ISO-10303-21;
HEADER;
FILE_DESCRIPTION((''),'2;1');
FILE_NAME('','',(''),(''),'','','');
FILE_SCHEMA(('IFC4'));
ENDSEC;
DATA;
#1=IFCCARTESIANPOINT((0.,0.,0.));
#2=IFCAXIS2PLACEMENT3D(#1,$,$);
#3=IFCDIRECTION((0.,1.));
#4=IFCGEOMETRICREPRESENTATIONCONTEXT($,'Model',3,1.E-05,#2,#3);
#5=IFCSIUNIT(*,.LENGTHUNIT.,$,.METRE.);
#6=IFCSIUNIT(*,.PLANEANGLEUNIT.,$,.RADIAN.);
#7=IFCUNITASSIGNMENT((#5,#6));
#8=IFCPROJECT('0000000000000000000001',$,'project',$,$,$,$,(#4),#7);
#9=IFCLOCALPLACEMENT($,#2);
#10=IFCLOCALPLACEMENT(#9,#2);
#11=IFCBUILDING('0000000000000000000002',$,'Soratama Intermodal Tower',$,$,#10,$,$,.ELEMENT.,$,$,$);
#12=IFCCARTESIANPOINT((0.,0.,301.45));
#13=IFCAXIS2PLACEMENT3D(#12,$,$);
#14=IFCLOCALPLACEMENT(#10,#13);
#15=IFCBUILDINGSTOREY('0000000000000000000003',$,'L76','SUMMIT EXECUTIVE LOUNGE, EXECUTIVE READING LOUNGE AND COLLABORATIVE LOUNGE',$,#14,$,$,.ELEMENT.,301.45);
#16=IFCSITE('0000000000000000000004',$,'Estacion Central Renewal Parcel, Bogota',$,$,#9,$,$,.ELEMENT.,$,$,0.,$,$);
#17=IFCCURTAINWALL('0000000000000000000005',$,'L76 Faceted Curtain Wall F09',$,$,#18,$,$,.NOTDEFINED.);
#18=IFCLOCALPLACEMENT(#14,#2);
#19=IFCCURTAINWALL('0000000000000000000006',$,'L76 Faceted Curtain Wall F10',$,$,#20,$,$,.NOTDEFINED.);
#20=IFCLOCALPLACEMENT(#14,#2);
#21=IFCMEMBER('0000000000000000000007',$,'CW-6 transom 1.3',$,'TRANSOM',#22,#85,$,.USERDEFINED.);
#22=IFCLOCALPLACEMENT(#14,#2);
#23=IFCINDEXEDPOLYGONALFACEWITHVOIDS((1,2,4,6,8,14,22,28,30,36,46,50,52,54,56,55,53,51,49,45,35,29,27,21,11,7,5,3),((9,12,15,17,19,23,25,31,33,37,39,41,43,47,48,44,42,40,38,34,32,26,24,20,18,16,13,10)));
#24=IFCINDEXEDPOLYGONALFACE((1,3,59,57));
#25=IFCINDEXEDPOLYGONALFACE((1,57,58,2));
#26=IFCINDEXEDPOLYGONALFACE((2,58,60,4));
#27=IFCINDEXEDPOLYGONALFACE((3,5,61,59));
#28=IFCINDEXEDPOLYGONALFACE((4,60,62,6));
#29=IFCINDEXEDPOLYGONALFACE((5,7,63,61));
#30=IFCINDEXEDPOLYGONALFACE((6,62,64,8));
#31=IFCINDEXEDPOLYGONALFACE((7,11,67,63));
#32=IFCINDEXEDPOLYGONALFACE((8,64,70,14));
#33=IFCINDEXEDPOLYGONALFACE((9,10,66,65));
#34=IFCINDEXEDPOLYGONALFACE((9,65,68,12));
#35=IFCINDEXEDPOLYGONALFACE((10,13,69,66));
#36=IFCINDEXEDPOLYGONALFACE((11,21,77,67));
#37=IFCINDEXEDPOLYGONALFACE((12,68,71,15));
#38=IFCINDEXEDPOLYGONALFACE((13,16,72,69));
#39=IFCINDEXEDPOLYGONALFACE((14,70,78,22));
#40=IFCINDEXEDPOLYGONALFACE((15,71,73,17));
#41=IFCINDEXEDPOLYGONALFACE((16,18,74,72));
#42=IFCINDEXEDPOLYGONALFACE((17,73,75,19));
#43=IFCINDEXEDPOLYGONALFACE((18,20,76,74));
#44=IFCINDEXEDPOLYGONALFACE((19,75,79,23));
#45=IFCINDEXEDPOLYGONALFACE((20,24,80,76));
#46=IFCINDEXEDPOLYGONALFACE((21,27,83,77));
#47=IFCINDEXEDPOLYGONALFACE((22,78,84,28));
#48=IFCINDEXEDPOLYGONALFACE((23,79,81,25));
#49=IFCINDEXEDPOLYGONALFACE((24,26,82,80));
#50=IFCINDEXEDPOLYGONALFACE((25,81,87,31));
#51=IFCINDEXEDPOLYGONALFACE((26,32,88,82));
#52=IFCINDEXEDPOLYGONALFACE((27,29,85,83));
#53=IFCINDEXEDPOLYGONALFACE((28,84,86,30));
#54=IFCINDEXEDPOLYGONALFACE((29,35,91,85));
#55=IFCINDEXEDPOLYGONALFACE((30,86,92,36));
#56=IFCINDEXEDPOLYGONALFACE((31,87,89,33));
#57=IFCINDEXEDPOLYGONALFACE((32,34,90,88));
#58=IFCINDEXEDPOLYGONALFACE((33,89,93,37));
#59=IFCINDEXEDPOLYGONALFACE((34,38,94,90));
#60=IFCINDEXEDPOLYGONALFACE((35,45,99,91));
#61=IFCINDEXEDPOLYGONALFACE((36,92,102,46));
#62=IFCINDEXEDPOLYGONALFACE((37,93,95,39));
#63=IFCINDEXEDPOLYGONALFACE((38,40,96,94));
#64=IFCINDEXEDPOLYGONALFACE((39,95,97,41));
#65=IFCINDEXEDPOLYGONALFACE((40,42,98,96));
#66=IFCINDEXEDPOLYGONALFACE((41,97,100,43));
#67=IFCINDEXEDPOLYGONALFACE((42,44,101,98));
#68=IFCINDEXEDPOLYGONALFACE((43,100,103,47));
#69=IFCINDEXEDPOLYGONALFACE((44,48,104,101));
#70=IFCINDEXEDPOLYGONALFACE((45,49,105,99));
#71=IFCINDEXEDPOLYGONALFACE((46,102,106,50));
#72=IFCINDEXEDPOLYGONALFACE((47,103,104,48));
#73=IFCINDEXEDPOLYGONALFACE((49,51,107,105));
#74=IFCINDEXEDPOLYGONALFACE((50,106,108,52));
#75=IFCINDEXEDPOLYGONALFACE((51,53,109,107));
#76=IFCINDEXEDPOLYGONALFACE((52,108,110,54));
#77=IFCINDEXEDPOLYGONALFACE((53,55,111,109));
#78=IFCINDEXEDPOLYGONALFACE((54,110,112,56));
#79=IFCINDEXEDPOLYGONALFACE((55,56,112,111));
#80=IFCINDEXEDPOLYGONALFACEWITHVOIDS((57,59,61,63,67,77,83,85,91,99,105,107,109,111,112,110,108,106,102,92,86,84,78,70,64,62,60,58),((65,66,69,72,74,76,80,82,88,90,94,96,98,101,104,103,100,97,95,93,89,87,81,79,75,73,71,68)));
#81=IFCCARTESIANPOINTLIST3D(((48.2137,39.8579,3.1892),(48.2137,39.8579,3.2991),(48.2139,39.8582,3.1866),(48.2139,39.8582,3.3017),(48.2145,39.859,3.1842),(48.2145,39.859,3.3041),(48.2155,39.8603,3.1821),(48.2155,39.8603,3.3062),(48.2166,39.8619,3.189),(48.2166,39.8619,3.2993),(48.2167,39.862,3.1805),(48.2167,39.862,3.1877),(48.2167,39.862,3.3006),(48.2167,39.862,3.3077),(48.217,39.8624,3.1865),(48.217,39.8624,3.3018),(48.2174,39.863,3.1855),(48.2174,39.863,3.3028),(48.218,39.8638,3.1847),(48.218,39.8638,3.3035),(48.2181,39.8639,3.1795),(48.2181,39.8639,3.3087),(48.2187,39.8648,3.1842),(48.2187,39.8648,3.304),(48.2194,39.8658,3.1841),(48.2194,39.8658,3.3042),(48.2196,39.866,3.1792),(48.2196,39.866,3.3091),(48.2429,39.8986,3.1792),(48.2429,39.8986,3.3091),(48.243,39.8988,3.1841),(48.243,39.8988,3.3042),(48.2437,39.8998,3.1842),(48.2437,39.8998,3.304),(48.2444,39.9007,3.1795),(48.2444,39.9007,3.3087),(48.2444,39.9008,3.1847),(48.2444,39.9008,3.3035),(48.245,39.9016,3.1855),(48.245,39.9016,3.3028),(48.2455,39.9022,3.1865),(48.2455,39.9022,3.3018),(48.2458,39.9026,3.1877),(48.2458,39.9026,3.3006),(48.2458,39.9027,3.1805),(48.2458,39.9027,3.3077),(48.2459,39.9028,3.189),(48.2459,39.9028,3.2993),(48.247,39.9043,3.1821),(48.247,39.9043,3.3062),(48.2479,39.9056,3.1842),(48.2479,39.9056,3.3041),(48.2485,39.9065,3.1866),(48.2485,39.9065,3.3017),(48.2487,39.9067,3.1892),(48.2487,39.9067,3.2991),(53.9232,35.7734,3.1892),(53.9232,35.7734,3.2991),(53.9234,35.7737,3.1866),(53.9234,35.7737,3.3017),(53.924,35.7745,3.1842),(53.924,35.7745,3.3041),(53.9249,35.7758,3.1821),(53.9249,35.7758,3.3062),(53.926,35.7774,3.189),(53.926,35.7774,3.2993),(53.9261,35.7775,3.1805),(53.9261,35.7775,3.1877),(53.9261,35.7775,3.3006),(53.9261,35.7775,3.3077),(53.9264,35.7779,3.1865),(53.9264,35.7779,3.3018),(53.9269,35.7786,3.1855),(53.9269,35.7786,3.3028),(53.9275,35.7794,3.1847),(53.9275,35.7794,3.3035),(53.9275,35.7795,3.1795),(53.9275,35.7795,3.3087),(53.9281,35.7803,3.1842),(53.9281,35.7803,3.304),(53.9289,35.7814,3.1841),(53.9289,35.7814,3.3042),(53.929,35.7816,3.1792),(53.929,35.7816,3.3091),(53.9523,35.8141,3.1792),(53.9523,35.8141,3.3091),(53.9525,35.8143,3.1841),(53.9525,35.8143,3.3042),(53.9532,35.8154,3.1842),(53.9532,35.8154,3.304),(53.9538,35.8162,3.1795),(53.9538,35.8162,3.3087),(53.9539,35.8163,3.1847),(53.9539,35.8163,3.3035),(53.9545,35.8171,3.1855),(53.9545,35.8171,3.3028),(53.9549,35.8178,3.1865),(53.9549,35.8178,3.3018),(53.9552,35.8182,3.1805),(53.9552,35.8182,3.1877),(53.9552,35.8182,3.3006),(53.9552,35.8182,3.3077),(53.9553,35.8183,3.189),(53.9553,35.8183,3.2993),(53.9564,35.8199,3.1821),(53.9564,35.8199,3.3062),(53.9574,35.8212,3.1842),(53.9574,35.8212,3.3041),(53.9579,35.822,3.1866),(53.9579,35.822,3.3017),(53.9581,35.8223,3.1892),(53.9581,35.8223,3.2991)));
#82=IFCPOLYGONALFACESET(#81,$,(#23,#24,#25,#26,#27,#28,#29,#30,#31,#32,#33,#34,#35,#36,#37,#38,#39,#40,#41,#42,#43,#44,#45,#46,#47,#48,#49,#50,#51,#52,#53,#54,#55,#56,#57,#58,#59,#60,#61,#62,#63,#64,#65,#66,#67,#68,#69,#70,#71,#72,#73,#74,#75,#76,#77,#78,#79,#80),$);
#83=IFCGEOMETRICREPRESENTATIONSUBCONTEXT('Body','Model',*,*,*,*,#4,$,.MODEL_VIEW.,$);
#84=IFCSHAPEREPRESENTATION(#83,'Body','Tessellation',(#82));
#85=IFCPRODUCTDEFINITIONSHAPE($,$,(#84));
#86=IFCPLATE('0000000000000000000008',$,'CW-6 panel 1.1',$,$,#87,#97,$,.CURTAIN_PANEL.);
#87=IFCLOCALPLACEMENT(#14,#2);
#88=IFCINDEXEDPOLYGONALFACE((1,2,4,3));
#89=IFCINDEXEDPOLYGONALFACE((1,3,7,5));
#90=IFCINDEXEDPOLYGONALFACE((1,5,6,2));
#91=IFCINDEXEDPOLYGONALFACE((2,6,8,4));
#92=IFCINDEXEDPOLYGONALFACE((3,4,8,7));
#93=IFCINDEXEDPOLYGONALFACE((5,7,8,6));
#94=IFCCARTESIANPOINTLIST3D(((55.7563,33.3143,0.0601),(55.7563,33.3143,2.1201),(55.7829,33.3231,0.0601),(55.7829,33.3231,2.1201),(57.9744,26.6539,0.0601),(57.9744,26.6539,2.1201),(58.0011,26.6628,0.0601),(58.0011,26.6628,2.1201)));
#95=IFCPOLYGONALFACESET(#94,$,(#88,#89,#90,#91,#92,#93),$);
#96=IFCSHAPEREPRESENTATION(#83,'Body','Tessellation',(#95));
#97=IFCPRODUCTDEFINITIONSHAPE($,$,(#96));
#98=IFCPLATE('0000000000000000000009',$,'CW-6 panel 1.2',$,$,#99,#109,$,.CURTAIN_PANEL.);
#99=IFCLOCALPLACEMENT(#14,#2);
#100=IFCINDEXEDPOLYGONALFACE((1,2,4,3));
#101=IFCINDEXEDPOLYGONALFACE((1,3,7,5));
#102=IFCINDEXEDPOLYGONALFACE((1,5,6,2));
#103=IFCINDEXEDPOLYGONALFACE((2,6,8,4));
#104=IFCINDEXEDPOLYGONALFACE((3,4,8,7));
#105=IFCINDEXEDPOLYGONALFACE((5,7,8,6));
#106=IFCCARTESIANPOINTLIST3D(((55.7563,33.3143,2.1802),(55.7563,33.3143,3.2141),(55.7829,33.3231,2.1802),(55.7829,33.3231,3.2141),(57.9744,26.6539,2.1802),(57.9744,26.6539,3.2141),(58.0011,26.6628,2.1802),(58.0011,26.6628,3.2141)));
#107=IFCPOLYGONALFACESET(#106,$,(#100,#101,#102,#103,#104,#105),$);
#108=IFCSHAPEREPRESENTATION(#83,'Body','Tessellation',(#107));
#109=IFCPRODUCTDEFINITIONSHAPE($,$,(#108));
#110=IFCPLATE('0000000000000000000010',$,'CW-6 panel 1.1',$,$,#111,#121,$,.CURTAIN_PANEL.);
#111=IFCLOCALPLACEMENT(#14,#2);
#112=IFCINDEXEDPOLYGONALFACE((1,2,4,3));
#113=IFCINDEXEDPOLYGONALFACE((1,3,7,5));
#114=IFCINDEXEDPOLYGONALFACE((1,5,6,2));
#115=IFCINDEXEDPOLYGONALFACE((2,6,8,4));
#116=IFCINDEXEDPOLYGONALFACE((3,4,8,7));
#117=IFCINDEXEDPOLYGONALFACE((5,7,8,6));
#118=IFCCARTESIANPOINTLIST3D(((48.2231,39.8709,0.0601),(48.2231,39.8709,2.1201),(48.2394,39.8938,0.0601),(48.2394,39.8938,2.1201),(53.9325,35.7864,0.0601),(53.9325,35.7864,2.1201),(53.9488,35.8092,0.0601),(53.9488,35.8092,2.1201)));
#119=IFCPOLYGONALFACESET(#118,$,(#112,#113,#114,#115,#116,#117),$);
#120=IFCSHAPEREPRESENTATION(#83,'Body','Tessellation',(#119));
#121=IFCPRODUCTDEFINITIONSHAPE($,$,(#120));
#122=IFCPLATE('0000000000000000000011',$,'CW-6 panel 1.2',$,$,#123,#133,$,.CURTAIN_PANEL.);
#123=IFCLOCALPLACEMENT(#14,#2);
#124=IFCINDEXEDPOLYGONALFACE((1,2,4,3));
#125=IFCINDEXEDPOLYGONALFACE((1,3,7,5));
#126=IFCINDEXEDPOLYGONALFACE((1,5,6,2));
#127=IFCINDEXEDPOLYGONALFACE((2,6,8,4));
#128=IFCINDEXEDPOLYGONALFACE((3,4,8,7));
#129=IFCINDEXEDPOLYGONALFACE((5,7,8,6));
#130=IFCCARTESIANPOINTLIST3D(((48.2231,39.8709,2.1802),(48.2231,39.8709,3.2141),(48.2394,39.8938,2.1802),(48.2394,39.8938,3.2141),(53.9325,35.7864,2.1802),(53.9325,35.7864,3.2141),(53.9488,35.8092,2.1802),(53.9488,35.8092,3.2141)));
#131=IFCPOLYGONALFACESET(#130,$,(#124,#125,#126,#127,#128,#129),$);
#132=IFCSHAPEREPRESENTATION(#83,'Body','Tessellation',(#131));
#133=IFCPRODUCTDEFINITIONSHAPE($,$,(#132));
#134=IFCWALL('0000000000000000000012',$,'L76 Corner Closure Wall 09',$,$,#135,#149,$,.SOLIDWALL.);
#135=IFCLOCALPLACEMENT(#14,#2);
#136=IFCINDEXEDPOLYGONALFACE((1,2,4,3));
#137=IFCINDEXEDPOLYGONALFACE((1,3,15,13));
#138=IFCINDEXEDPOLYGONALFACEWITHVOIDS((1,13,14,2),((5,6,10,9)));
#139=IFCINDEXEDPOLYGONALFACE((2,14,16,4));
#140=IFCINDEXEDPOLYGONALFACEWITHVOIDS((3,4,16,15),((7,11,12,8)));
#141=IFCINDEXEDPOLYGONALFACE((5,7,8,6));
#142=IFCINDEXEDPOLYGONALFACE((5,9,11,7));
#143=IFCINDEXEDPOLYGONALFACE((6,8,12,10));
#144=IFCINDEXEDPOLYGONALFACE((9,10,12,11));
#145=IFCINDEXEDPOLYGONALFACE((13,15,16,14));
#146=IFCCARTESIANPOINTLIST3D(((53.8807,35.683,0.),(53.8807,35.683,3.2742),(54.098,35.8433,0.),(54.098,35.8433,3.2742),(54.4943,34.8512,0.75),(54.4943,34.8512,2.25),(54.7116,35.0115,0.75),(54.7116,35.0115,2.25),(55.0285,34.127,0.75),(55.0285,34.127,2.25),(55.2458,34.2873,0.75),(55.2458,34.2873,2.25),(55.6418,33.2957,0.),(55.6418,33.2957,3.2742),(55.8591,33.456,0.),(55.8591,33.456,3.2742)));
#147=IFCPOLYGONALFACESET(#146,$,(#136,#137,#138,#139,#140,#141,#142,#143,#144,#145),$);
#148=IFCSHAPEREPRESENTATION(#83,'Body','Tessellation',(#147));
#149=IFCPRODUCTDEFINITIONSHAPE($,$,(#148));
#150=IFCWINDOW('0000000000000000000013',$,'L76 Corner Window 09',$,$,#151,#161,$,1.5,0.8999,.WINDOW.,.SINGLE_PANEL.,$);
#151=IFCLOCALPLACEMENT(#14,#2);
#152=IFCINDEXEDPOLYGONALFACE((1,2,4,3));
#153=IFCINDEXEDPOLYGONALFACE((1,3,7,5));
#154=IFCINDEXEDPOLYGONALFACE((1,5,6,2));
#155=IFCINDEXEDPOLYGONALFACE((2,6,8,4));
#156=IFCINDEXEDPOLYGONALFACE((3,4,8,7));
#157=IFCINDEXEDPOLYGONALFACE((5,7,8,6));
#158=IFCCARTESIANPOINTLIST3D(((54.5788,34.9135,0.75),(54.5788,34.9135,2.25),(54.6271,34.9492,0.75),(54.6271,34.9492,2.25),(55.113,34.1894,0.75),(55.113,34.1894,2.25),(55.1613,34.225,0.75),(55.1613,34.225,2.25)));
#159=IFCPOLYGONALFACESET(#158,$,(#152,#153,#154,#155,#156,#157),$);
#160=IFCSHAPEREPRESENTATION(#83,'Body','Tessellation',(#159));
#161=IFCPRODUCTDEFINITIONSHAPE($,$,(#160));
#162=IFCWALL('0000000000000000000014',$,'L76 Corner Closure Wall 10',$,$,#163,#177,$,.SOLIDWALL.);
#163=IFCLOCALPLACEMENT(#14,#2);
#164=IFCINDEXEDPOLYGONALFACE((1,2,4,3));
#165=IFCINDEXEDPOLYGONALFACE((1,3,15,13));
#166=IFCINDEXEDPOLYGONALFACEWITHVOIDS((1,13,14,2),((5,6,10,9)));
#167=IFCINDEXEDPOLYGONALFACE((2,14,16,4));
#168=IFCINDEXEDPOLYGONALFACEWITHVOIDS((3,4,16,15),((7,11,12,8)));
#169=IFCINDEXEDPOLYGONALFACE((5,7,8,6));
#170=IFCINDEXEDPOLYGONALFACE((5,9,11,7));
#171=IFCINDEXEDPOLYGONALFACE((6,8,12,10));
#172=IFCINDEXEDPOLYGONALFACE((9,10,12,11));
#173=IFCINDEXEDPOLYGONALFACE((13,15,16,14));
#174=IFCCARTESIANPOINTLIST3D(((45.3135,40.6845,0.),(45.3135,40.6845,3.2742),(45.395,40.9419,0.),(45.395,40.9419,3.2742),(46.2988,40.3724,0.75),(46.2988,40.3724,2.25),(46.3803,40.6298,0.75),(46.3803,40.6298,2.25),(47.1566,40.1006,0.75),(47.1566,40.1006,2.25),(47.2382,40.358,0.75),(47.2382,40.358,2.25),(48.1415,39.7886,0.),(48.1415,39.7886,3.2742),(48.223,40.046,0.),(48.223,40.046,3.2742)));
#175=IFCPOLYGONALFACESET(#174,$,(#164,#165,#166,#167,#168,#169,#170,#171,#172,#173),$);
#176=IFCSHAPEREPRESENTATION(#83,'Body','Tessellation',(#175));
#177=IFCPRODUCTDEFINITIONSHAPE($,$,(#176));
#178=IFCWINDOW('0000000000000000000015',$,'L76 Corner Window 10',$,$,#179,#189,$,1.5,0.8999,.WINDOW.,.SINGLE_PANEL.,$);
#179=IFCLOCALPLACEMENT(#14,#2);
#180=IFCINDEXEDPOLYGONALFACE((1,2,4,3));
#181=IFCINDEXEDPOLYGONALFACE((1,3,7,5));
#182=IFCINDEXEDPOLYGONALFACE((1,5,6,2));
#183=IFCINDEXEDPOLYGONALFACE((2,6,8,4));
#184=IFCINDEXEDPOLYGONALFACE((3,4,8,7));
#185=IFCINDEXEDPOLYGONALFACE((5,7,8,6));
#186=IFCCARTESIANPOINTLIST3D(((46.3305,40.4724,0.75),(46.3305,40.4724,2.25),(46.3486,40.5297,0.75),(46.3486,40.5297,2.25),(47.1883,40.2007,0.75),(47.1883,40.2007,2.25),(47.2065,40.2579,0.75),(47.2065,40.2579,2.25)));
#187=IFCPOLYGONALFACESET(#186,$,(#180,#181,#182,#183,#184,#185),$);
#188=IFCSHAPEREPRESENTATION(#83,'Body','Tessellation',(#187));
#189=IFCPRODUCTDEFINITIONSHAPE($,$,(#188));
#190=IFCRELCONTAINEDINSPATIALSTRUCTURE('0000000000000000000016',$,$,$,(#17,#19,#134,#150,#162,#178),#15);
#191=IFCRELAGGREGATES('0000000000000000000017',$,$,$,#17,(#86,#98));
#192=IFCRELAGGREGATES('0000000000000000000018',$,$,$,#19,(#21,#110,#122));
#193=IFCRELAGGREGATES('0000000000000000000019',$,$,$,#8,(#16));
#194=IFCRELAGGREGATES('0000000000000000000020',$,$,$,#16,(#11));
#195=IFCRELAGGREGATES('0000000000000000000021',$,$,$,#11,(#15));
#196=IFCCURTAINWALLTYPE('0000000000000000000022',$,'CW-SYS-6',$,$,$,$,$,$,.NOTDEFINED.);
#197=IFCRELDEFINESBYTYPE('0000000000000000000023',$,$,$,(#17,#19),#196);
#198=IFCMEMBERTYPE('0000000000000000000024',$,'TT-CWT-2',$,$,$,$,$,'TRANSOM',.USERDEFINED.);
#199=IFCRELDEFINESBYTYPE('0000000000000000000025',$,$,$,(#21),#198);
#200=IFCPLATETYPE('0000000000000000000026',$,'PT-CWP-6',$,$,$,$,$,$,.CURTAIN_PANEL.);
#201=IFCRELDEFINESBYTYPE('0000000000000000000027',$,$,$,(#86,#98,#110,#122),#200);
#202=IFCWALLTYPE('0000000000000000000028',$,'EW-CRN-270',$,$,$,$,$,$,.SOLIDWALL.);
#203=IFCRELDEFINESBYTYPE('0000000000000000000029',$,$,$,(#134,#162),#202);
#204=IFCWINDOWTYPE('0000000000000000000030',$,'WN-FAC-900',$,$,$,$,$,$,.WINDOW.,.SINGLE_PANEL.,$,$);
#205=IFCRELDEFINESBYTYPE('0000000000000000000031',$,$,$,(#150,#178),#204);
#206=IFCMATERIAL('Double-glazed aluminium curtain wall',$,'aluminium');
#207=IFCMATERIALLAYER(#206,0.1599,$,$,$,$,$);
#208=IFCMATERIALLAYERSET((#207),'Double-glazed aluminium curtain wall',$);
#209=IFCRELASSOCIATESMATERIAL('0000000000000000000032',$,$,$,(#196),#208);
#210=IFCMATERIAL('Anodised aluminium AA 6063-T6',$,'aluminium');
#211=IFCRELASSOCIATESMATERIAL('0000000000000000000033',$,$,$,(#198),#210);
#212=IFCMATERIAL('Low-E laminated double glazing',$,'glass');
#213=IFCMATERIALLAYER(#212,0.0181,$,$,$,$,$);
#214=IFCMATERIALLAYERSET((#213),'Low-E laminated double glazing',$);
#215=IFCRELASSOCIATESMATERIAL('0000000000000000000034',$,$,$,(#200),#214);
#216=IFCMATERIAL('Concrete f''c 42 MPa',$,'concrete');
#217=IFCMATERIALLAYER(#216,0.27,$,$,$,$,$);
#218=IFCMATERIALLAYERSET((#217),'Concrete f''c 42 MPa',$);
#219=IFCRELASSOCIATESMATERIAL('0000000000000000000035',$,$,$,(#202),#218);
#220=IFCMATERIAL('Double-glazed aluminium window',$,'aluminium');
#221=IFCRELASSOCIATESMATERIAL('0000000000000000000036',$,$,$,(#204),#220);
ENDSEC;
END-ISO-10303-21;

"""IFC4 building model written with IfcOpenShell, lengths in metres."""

from ifc_helpers import new_model, si_unit, direction, frame, frame_2d, origin, origin_2d, place, context, subcontext, project, spatial, rectangle, hollow_rectangle, extrude, material, layer, layer_set, material_profile, profile_set, type_object, element, fill, aggregate, save


model = new_model("IFC4")

# Units and contexts
model_context = context("Model", 3, precision=1e-05, world=origin(), true_north=direction((0.0, 1.0)))
body_context = subcontext(model_context, "Body", "Model", "MODEL_VIEW")
ifc_project = project(units=[si_unit("LENGTHUNIT", "METRE"), si_unit("PLANEANGLEUNIT", "RADIAN")], contexts=[model_context])

# Site, building, storey
site_placement = place(None, origin())
site = spatial("IfcSite", under=ifc_project, at=site_placement, Name="Estacion Central Renewal Parcel, Bogota", CompositionType="ELEMENT", RefElevation=0.0)
building_placement = place(site_placement, origin())
building = spatial("IfcBuilding", under=site, at=building_placement, Name="Soratama Intermodal Tower", CompositionType="ELEMENT")
storey_placement = place(building_placement, frame((0.0, 0.0, 301.45)))
storey = spatial("IfcBuildingStorey", under=building, at=storey_placement, Name="L76", Description="SUMMIT EXECUTIVE LOUNGE, EXECUTIVE READING LOUNGE AND COLLABORATIVE LOUNGE", CompositionType="ELEMENT", Elevation=301.45)

# Curtain walls
ifc_material_1 = material(Name="Double-glazed aluminium curtain wall", Category="aluminium")
ifc_layer_1 = layer(ifc_material_1, 0.1599)
ifc_layer_set_1 = layer_set([ifc_layer_1], Name="Double-glazed aluminium curtain wall")
curtain_wall_type = type_object("IfcCurtainWallType", Name="CW-SYS-6", PredefinedType="NOTDEFINED", material=ifc_layer_set_1)
curtain_wall_1_placement = place(storey_placement, origin())
curtain_wall_1 = element("IfcCurtainWall", 1, at=curtain_wall_1_placement, inside=storey, type_object=curtain_wall_type, Name="L76 Faceted Curtain Wall F09", PredefinedType="NOTDEFINED")
curtain_wall_2_placement = place(storey_placement, origin())
curtain_wall_2 = element("IfcCurtainWall", 2, at=curtain_wall_2_placement, inside=storey, type_object=curtain_wall_type, Name="L76 Faceted Curtain Wall F10", PredefinedType="NOTDEFINED")

# Member
ifc_material_2 = material(Name="Anodised aluminium AA 6063-T6", Category="aluminium")
ifc_material_profile_1 = material_profile(ifc_material_2, hollow_rectangle(XDim=0.0601, YDim=0.1299, WallThickness=0.0049, InnerFilletRadius=0.0049, OuterFilletRadius=0.01, at=origin_2d()), Name="CWT130X60X5")
ifc_profile_set_1 = profile_set([ifc_material_profile_1], Name="Anodised aluminium AA 6063-T6")
member_type_1 = type_object("IfcMemberType", Name="TT-CWT-2", ElementType="TRANSOM", PredefinedType="USERDEFINED", material=ifc_profile_set_1)
member_1_placement = place(storey_placement, frame((53.9407, 35.7979, 3.2441), z_axis=(-0.81331, 0.58183, 0.0), x_axis=(-0.58183, -0.81331, 0.0)))
member_1 = element("IfcMember", 3, at=member_1_placement, type_object=member_type_1, Name="CW-6 transom 1.3", ObjectType="TRANSOM", PredefinedType="USERDEFINED", context=body_context, shape_type="SweptSolid", body=[
    extrude(hollow_rectangle(XDim=0.0601, YDim=0.1299, WallThickness=0.0049, InnerFilletRadius=0.0049, OuterFilletRadius=0.01, at=origin_2d()), origin(), (0.0, 0.0, 1.0), 7.02),
])

# Plates
ifc_material_3 = material(Name="Low-E laminated double glazing", Category="glass")
ifc_layer_2 = layer(ifc_material_3, 0.0181)
ifc_layer_set_2 = layer_set([ifc_layer_2], Name="Low-E laminated double glazing")
plate_type = type_object("IfcPlateType", Name="PT-CWP-6", PredefinedType="CURTAIN_PANEL", material=ifc_layer_set_2)
plate_1_placement = place(storey_placement, frame((56.8787, 29.9885, 0.0601), z_axis=(0.0, 0.0, 1.0), x_axis=(-0.315976, 0.948767, 0.0)))
plate_1 = element("IfcPlate", 4, at=plate_1_placement, type_object=plate_type, Name="CW-6 panel 1.1", PredefinedType="CURTAIN_PANEL", context=body_context, shape_type="SweptSolid", body=[
    extrude(rectangle(XDim=7.02, YDim=0.0281, at=origin_2d()), origin(), (0.0, 0.0, 1.0), 2.0601),
])
plate_2_placement = place(storey_placement, frame((56.8787, 29.9885, 2.1802), z_axis=(0.0, 0.0, 1.0), x_axis=(-0.315976, 0.948767, 0.0)))
plate_2 = element("IfcPlate", 5, at=plate_2_placement, type_object=plate_type, Name="CW-6 panel 1.2", PredefinedType="CURTAIN_PANEL", context=body_context, shape_type="SweptSolid", body=[
    extrude(rectangle(XDim=7.02, YDim=0.0281, at=origin_2d()), origin(), (0.0, 0.0, 1.0), 1.0339),
])
aggregate(curtain_wall_1, [plate_1, plate_2])
plate_3_placement = place(storey_placement, frame((51.0859, 37.8401, 0.0601), z_axis=(0.0, 0.0, 1.0), x_axis=(-0.813305, 0.581838, 0.0)))
plate_3 = element("IfcPlate", 6, at=plate_3_placement, type_object=plate_type, Name="CW-6 panel 1.1", PredefinedType="CURTAIN_PANEL", context=body_context, shape_type="SweptSolid", body=[
    extrude(rectangle(XDim=7.02, YDim=0.0281, at=origin_2d()), origin(), (0.0, 0.0, 1.0), 2.0601),
])
plate_4_placement = place(storey_placement, frame((51.0859, 37.8401, 2.1802), z_axis=(0.0, 0.0, 1.0), x_axis=(-0.813305, 0.581838, 0.0)))
plate_4 = element("IfcPlate", 7, at=plate_4_placement, type_object=plate_type, Name="CW-6 panel 1.2", PredefinedType="CURTAIN_PANEL", context=body_context, shape_type="SweptSolid", body=[
    extrude(rectangle(XDim=7.02, YDim=0.0281, at=origin_2d()), origin(), (0.0, 0.0, 1.0), 1.0339),
])
aggregate(curtain_wall_2, [member_1, plate_3, plate_4])

# Walls, openings, windows
ifc_material_4 = material(Name="Concrete f'c 42 MPa", Category="concrete")
ifc_layer_3 = layer(ifc_material_4, 0.27)
ifc_layer_set_3 = layer_set([ifc_layer_3], Name="Concrete f'c 42 MPa")
wall_type_1 = type_object("IfcWallType", Name="EW-CRN-270", PredefinedType="SOLIDWALL", material=ifc_layer_set_3)
wall_1_placement = place(storey_placement, frame((55.7505, 33.3757, 0.0), z_axis=(0.0, 0.0, 1.0), x_axis=(-0.593634, 0.804735, 0.0)))
wall_1 = element("IfcWall", 8, at=wall_1_placement, inside=storey, type_object=wall_type_1, Name="L76 Corner Closure Wall 09", PredefinedType="SOLIDWALL", context=body_context, shape_type="SweptSolid", body=[
    extrude(rectangle(XDim=2.9666, YDim=0.27, at=frame_2d((1.4834, 0.0))), origin(), (0.0, 0.0, 1.0), 3.2742),
])
opening_1_placement = place(wall_1_placement, frame((1.0332, 0.0, 0.75)))
opening_1 = element("IfcOpeningElement", 9, at=opening_1_placement, cuts=wall_1, PredefinedType="OPENING", context=body_context, shape_type="SweptSolid", body=[
    extrude(rectangle(XDim=0.8999, YDim=1.5, at=frame_2d((0.45, 0.75))), frame((0.0, 0.145, 0.0), z_axis=(0.0, -1.0, 0.0), x_axis=(1.0, 0.0, 0.0)), (0.0, 0.0, 1.0), 0.29),
])
ifc_material_5 = material(Name="Double-glazed aluminium window", Category="aluminium")
window_type = type_object("IfcWindowType", Name="WN-FAC-900", PartitioningType="SINGLE_PANEL", PredefinedType="WINDOW", material=ifc_material_5)
window_1_placement = place(opening_1_placement, origin())
window_1 = element("IfcWindow", 10, at=window_1_placement, inside=storey, type_object=window_type, Name="L76 Corner Window 09", OverallHeight=1.5, OverallWidth=0.8999, PartitioningType="SINGLE_PANEL", PredefinedType="WINDOW", context=body_context, shape_type="SweptSolid", body=[
    extrude(rectangle(XDim=0.8999, YDim=1.5, at=frame_2d((0.45, 0.75))), frame((0.0, 0.03, 0.0), z_axis=(0.0, -1.0, 0.0), x_axis=(1.0, 0.0, 0.0)), (0.0, 0.0, 1.0), 0.0601),
])
fill(opening_1, window_1)
wall_2_placement = place(storey_placement, frame((48.1824, 39.9172, 0.0), z_axis=(0.0, 0.0, 1.0), x_axis=(-0.953301, 0.302021, 0.0)))
wall_2 = element("IfcWall", 11, at=wall_2_placement, inside=storey, type_object=wall_type_1, Name="L76 Corner Closure Wall 10", PredefinedType="SOLIDWALL", context=body_context, shape_type="SweptSolid", body=[
    extrude(rectangle(XDim=2.9666, YDim=0.27, at=frame_2d((1.4834, 0.0))), origin(), (0.0, 0.0, 1.0), 3.2742),
])
opening_2_placement = place(wall_2_placement, frame((1.0332, 0.0, 0.75)))
opening_2 = element("IfcOpeningElement", 12, at=opening_2_placement, cuts=wall_2, PredefinedType="OPENING", context=body_context, shape_type="SweptSolid", body=[
    extrude(rectangle(XDim=0.8999, YDim=1.5, at=frame_2d((0.45, 0.75))), frame((0.0, 0.145, 0.0), z_axis=(0.0, -1.0, 0.0), x_axis=(1.0, 0.0, 0.0)), (0.0, 0.0, 1.0), 0.29),
])
window_2_placement = place(opening_2_placement, origin())
window_2 = element("IfcWindow", 13, at=window_2_placement, inside=storey, type_object=window_type, Name="L76 Corner Window 10", OverallHeight=1.5, OverallWidth=0.8999, PartitioningType="SINGLE_PANEL", PredefinedType="WINDOW", context=body_context, shape_type="SweptSolid", body=[
    extrude(rectangle(XDim=0.8999, YDim=1.5, at=frame_2d((0.45, 0.75))), frame((0.0, 0.03, 0.0), z_axis=(0.0, -1.0, 0.0), x_axis=(1.0, 0.0, 0.0)), (0.0, 0.0, 1.0), 0.0601),
])
fill(opening_2, window_2)

save(model, "model.ifc")
